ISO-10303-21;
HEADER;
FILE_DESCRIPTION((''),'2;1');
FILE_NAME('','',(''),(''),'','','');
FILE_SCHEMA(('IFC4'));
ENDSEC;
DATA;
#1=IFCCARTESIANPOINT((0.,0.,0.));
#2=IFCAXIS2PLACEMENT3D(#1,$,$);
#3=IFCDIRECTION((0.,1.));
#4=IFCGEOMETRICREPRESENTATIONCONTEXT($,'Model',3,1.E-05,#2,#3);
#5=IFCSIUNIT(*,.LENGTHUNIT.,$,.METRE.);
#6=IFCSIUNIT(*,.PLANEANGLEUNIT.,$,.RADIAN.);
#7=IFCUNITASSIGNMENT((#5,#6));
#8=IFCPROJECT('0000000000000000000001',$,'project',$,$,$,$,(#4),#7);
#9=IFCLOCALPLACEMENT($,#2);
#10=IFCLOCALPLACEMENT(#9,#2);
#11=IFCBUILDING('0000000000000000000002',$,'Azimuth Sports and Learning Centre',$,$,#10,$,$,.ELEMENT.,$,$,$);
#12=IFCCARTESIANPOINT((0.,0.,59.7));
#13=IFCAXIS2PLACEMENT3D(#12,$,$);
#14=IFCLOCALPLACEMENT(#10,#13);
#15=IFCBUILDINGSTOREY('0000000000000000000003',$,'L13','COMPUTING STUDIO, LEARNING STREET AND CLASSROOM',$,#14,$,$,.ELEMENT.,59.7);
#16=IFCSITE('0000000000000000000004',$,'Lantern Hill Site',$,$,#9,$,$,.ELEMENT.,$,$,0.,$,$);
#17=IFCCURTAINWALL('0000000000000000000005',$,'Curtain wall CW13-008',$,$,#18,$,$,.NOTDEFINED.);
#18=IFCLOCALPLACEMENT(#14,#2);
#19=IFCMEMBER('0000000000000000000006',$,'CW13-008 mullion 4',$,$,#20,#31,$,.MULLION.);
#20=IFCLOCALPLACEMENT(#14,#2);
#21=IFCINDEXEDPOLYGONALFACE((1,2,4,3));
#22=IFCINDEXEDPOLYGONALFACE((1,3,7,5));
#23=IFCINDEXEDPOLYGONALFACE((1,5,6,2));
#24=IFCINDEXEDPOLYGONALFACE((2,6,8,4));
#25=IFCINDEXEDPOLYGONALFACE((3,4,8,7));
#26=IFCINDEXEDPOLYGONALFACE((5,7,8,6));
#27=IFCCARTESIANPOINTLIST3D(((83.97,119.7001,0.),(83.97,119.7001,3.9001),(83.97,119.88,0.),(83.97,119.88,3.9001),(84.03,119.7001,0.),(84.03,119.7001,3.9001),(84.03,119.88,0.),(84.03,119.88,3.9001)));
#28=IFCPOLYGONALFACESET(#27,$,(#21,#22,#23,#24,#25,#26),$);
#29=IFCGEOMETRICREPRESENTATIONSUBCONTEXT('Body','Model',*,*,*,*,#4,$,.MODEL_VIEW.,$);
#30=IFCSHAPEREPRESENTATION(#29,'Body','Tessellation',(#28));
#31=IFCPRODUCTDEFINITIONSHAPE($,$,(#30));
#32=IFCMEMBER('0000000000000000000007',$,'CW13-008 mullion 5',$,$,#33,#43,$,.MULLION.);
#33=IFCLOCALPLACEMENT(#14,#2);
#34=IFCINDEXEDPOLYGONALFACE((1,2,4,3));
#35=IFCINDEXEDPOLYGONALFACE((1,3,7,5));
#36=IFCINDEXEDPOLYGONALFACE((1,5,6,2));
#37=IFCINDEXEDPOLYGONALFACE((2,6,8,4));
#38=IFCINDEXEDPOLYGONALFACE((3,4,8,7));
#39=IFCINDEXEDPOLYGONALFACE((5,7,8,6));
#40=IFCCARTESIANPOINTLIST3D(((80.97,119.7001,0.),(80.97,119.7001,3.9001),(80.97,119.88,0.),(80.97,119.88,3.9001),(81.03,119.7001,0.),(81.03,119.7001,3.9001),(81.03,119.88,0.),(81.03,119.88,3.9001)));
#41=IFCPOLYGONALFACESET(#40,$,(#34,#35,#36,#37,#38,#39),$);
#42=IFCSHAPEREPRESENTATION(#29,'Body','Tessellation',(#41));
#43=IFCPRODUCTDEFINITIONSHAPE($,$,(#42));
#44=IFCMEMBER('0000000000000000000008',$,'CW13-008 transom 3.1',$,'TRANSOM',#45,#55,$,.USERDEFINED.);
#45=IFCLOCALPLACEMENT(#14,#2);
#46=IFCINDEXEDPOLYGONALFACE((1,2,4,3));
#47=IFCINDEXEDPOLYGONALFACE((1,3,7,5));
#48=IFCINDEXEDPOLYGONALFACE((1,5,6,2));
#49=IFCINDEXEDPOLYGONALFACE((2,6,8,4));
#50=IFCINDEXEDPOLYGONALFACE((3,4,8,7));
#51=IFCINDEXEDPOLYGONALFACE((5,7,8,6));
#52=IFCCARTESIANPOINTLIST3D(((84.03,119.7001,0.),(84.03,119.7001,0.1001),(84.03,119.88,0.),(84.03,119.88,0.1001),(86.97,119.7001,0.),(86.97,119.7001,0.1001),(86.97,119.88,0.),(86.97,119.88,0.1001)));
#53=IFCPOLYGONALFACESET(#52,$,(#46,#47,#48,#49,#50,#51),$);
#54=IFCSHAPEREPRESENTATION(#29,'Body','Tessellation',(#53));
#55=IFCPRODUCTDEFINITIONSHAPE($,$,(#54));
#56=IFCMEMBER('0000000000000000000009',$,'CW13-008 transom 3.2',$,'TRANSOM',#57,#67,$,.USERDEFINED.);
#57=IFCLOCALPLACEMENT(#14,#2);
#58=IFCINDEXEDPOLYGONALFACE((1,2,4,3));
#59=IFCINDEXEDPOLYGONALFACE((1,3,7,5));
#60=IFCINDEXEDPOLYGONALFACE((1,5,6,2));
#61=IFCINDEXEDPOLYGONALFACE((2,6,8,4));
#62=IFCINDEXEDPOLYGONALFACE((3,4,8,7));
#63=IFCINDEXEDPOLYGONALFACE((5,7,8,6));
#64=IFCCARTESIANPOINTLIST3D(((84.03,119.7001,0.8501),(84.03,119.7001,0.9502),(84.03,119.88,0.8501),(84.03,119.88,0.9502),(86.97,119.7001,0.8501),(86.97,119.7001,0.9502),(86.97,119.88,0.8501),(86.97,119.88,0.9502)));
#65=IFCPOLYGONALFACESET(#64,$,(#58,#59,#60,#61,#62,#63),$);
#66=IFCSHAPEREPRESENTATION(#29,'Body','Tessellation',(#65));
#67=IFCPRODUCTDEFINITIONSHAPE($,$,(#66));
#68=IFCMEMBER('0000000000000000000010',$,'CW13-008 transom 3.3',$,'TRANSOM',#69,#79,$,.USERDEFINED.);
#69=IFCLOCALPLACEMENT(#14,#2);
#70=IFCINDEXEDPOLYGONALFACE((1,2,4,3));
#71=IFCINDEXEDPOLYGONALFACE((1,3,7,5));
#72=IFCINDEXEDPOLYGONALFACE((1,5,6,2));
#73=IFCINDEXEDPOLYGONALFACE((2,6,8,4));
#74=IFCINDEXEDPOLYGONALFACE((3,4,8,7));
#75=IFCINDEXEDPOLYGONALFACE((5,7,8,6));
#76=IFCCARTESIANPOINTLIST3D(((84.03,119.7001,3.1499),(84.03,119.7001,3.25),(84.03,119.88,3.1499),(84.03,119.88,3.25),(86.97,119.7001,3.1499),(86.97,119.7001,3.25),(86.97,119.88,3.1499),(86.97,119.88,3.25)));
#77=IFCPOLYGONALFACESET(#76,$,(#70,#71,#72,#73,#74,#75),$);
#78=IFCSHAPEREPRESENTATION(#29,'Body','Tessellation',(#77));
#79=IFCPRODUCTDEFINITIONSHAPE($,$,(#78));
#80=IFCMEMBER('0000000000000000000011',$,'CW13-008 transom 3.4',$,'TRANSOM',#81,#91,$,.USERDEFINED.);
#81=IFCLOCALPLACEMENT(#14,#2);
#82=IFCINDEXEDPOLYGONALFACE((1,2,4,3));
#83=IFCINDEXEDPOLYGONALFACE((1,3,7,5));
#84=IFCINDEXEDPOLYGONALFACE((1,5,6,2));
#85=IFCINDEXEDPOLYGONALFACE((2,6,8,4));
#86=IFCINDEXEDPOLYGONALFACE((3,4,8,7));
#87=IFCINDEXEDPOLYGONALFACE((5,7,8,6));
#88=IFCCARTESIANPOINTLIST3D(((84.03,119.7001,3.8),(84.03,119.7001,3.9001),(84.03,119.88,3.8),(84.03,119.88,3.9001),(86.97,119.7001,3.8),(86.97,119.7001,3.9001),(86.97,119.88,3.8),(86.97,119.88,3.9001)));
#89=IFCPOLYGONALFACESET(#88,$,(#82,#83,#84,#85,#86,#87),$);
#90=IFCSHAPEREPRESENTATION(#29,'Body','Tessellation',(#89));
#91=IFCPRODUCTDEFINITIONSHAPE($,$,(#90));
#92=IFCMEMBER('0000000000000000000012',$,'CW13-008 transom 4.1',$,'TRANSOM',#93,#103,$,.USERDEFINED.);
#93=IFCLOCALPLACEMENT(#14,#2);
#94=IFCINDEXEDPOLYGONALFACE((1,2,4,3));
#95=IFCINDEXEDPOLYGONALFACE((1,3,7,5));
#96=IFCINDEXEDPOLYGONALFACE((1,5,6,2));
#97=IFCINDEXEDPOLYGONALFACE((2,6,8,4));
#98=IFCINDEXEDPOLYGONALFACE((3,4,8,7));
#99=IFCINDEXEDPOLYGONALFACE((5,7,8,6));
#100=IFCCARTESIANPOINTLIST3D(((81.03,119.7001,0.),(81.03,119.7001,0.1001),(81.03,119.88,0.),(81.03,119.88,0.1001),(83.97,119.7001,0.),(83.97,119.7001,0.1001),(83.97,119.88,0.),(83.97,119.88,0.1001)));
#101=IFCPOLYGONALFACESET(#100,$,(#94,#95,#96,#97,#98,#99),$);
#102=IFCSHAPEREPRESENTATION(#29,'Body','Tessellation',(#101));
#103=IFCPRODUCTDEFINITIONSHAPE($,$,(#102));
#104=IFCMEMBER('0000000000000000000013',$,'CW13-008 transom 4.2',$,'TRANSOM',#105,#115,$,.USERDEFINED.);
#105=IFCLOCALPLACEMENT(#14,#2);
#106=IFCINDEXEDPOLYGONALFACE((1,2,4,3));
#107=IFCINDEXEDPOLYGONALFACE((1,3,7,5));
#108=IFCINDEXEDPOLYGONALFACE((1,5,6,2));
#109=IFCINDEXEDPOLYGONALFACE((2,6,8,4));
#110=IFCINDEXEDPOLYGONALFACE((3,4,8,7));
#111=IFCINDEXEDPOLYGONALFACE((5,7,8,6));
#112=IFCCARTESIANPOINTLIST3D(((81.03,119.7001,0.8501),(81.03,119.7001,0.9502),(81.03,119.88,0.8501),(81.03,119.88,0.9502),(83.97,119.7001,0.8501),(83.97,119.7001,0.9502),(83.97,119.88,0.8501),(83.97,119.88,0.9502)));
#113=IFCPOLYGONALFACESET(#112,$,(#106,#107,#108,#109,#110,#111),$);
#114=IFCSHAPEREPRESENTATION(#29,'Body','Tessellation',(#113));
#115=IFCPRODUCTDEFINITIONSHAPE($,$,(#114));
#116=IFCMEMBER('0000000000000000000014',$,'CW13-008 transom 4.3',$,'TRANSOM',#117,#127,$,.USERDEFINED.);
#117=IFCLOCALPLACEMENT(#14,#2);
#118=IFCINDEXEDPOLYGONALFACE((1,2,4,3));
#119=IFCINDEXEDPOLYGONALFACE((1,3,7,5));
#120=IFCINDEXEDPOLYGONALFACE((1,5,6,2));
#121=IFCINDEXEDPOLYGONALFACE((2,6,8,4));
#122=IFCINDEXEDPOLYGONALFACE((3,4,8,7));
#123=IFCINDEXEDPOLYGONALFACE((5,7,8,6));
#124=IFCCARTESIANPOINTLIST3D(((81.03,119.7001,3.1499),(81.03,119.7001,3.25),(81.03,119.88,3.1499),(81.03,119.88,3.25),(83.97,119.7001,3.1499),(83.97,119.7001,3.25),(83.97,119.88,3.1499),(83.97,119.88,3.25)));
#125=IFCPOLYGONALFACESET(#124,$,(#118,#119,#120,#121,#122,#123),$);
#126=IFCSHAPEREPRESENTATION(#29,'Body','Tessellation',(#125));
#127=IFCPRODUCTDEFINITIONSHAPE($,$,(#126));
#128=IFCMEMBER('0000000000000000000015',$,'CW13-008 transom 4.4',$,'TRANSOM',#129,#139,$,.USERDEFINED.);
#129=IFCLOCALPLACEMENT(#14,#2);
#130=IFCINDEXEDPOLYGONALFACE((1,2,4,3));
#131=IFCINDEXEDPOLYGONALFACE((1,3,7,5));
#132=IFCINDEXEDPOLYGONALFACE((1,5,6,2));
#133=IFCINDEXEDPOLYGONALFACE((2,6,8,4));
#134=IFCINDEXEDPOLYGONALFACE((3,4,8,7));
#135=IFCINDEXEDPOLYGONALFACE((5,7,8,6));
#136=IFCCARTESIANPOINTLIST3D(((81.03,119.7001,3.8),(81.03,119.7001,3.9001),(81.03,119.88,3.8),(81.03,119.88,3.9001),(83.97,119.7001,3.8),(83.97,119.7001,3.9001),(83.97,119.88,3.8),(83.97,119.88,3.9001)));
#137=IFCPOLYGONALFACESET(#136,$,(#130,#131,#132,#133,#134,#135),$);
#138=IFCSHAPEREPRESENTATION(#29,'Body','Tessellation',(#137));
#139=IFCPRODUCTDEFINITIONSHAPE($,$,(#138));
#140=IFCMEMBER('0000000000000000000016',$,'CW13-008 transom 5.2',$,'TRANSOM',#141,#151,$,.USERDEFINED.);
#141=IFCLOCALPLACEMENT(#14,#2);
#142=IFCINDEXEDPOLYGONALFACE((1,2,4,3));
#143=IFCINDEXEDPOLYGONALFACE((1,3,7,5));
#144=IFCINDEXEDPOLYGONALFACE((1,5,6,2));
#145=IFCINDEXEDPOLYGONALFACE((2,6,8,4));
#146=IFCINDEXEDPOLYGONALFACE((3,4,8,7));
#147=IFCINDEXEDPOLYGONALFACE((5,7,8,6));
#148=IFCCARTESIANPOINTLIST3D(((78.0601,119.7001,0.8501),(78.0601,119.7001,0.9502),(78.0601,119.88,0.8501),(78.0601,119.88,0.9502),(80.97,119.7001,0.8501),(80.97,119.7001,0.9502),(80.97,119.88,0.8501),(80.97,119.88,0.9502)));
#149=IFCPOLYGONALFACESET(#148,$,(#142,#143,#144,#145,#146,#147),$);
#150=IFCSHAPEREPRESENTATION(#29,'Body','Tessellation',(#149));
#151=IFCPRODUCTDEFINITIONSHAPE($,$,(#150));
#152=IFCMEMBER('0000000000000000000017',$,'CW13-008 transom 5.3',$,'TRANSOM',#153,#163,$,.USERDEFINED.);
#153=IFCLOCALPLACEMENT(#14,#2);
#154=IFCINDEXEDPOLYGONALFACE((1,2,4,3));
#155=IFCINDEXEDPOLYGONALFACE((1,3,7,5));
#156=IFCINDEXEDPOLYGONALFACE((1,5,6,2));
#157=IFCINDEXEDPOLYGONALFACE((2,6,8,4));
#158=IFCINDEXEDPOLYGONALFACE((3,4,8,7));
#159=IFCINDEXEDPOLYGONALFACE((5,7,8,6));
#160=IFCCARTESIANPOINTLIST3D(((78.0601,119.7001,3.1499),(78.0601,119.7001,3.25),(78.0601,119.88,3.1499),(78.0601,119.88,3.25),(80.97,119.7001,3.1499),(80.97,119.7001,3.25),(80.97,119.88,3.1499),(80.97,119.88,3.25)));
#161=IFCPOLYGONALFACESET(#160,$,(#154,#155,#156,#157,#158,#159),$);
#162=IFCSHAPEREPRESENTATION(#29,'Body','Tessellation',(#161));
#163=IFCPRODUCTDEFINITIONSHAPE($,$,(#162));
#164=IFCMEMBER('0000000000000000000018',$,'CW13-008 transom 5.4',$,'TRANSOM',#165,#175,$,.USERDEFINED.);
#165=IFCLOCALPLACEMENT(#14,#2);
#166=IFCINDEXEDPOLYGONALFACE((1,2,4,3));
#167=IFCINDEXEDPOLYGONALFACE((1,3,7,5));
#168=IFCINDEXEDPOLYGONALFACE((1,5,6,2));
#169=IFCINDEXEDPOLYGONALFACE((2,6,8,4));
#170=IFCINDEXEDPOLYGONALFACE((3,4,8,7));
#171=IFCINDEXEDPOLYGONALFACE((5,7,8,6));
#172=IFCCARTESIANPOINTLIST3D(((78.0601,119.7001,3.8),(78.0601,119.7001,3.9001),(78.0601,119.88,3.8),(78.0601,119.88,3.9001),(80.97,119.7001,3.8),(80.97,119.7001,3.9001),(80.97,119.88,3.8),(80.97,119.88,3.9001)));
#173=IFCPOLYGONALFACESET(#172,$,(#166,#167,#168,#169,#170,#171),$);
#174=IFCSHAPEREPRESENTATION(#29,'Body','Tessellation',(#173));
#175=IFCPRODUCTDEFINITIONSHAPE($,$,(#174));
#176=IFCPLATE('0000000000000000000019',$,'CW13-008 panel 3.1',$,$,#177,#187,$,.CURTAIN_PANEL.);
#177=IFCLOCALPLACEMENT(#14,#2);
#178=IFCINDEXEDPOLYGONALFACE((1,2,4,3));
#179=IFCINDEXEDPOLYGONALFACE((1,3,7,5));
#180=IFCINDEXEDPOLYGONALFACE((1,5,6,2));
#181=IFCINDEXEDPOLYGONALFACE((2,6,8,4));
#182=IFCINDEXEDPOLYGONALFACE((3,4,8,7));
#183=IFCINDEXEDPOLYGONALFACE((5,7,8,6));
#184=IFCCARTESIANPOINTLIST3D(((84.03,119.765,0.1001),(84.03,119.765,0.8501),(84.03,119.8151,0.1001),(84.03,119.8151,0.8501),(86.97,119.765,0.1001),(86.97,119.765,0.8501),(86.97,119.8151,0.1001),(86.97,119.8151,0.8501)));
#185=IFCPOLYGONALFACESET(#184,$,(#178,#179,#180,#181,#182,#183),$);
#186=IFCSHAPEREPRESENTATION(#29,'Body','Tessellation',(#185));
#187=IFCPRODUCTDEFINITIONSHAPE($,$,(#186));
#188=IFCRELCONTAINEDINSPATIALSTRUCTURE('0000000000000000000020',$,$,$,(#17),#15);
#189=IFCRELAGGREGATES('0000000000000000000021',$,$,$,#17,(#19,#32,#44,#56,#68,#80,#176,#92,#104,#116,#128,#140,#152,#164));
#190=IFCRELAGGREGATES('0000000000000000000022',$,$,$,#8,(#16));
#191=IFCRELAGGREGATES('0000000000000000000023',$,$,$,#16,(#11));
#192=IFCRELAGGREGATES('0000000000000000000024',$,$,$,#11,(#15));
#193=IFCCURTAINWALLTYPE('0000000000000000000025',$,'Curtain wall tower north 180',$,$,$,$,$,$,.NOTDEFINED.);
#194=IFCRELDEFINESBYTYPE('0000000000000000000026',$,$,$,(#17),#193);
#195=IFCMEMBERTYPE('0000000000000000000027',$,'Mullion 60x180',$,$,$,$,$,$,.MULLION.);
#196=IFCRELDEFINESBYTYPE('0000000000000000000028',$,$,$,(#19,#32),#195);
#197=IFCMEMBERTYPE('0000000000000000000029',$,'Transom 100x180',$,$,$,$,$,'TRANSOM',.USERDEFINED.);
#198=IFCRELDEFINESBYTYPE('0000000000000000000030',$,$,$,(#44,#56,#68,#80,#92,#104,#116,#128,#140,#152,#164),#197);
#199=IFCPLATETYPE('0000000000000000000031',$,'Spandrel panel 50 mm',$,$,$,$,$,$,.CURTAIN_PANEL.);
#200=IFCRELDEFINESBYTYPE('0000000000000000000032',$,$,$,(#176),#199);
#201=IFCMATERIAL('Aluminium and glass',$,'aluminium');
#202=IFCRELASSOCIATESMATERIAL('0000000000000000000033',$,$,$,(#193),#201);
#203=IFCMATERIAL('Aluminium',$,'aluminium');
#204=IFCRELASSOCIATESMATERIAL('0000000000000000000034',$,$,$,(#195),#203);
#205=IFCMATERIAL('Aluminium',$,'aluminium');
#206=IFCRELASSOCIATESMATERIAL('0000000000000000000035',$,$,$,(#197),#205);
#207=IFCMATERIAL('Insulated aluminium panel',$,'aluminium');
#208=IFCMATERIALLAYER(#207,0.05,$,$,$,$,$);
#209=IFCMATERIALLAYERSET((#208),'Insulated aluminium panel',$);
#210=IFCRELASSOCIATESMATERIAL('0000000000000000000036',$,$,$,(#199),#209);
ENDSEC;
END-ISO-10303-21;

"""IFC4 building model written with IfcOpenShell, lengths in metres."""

from ifc_helpers import new_model, si_unit, direction, frame, origin, origin_2d, place, context, subcontext, project, spatial, rectangle, extrude, material, layer, layer_set, material_profile, profile_set, type_object, element, aggregate, save


model = new_model("IFC4")

# Units and contexts
model_context = context("Model", 3, precision=1e-05, world=origin(), true_north=direction((0.0, 1.0)))
body_context = subcontext(model_context, "Body", "Model", "MODEL_VIEW")
ifc_project = project(units=[si_unit("LENGTHUNIT", "METRE"), si_unit("PLANEANGLEUNIT", "RADIAN")], contexts=[model_context])

# Site, building, storey
site_placement = place(None, origin())
site = spatial("IfcSite", under=ifc_project, at=site_placement, Name="Lantern Hill Site", CompositionType="ELEMENT", RefElevation=0.0)
building_placement = place(site_placement, origin())
building = spatial("IfcBuilding", under=site, at=building_placement, Name="Azimuth Sports and Learning Centre", CompositionType="ELEMENT")
storey_placement = place(building_placement, frame((0.0, 0.0, 59.7)))
storey = spatial("IfcBuildingStorey", under=building, at=storey_placement, Name="L13", Description="COMPUTING STUDIO, LEARNING STREET AND CLASSROOM", CompositionType="ELEMENT", Elevation=59.7)

# Curtain wall, members, plate
ifc_material_1 = material(Name="Aluminium and glass", Category="aluminium")
curtain_wall_type = type_object("IfcCurtainWallType", Name="Curtain wall tower north 180", PredefinedType="NOTDEFINED", material=ifc_material_1)
curtain_wall_placement = place(storey_placement, origin())
curtain_wall = element("IfcCurtainWall", 1, at=curtain_wall_placement, inside=storey, type_object=curtain_wall_type, Name="Curtain wall CW13-008", PredefinedType="NOTDEFINED")
ifc_material_2 = material(Name="Aluminium", Category="aluminium")
ifc_material_profile_1 = material_profile(ifc_material_2, rectangle(XDim=0.1799, YDim=0.0601, at=origin_2d()), Name="Mullion 60x180")
ifc_profile_set_1 = profile_set([ifc_material_profile_1], Name="Aluminium")
member_type_1 = type_object("IfcMemberType", Name="Mullion 60x180", PredefinedType="MULLION", material=ifc_profile_set_1)
member_1_placement = place(storey_placement, frame((84.0, 119.79, 0.0), z_axis=(0.0, 0.0, 1.0), x_axis=(0.0, -1.0, 0.0)))
member_1 = element("IfcMember", 2, at=member_1_placement, type_object=member_type_1, Name="CW13-008 mullion 4", PredefinedType="MULLION", context=body_context, shape_type="SweptSolid", body=[
    extrude(rectangle(XDim=0.1799, YDim=0.0601, at=origin_2d()), origin(), (0.0, 0.0, 1.0), 3.9001),
])
member_2_placement = place(storey_placement, frame((81.0, 119.79, 0.0), z_axis=(0.0, 0.0, 1.0), x_axis=(0.0, -1.0, 0.0)))
member_2 = element("IfcMember", 3, at=member_2_placement, type_object=member_type_1, Name="CW13-008 mullion 5", PredefinedType="MULLION", context=body_context, shape_type="SweptSolid", body=[
    extrude(rectangle(XDim=0.1799, YDim=0.0601, at=origin_2d()), origin(), (0.0, 0.0, 1.0), 3.9001),
])
ifc_material_3 = material(Name="Aluminium", Category="aluminium")
ifc_material_profile_2 = material_profile(ifc_material_3, rectangle(XDim=0.1799, YDim=0.1001, at=origin_2d()), Name="Transom 100x180")
ifc_profile_set_2 = profile_set([ifc_material_profile_2], Name="Aluminium")
member_type_2 = type_object("IfcMemberType", Name="Transom 100x180", ElementType="TRANSOM", PredefinedType="USERDEFINED", material=ifc_profile_set_2)
member_3_placement = place(storey_placement, frame((86.97, 119.79, 0.05), z_axis=(-1.0, 0.0, 0.0), x_axis=(0.0, -1.0, 0.0)))
member_3 = element("IfcMember", 4, at=member_3_placement, type_object=member_type_2, Name="CW13-008 transom 3.1", ObjectType="TRANSOM", PredefinedType="USERDEFINED", context=body_context, shape_type="SweptSolid", body=[
    extrude(rectangle(XDim=0.1799, YDim=0.1001, at=origin_2d()), origin(), (0.0, 0.0, 1.0), 2.9399),
])
member_4_placement = place(storey_placement, frame((86.97, 119.79, 0.9001), z_axis=(-1.0, 0.0, 0.0), x_axis=(0.0, -1.0, 0.0)))
member_4 = element("IfcMember", 5, at=member_4_placement, type_object=member_type_2, Name="CW13-008 transom 3.2", ObjectType="TRANSOM", PredefinedType="USERDEFINED", context=body_context, shape_type="SweptSolid", body=[
    extrude(rectangle(XDim=0.1799, YDim=0.1001, at=origin_2d()), origin(), (0.0, 0.0, 1.0), 2.9399),
])
member_5_placement = place(storey_placement, frame((86.97, 119.79, 3.2), z_axis=(-1.0, 0.0, 0.0), x_axis=(0.0, -1.0, 0.0)))
member_5 = element("IfcMember", 6, at=member_5_placement, type_object=member_type_2, Name="CW13-008 transom 3.3", ObjectType="TRANSOM", PredefinedType="USERDEFINED", context=body_context, shape_type="SweptSolid", body=[
    extrude(rectangle(XDim=0.1799, YDim=0.1001, at=origin_2d()), origin(), (0.0, 0.0, 1.0), 2.9399),
])
member_6_placement = place(storey_placement, frame((86.97, 119.79, 3.8501), z_axis=(-1.0, 0.0, 0.0), x_axis=(0.0, -1.0, 0.0)))
member_6 = element("IfcMember", 7, at=member_6_placement, type_object=member_type_2, Name="CW13-008 transom 3.4", ObjectType="TRANSOM", PredefinedType="USERDEFINED", context=body_context, shape_type="SweptSolid", body=[
    extrude(rectangle(XDim=0.1799, YDim=0.1001, at=origin_2d()), origin(), (0.0, 0.0, 1.0), 2.9399),
])
member_7_placement = place(storey_placement, frame((83.97, 119.79, 0.05), z_axis=(-1.0, 0.0, 0.0), x_axis=(0.0, -1.0, 0.0)))
member_7 = element("IfcMember", 8, at=member_7_placement, type_object=member_type_2, Name="CW13-008 transom 4.1", ObjectType="TRANSOM", PredefinedType="USERDEFINED", context=body_context, shape_type="SweptSolid", body=[
    extrude(rectangle(XDim=0.1799, YDim=0.1001, at=origin_2d()), origin(), (0.0, 0.0, 1.0), 2.9399),
])
member_8_placement = place(storey_placement, frame((83.97, 119.79, 0.9001), z_axis=(-1.0, 0.0, 0.0), x_axis=(0.0, -1.0, 0.0)))
member_8 = element("IfcMember", 9, at=member_8_placement, type_object=member_type_2, Name="CW13-008 transom 4.2", ObjectType="TRANSOM", PredefinedType="USERDEFINED", context=body_context, shape_type="SweptSolid", body=[
    extrude(rectangle(XDim=0.1799, YDim=0.1001, at=origin_2d()), origin(), (0.0, 0.0, 1.0), 2.9399),
])
member_9_placement = place(storey_placement, frame((83.97, 119.79, 3.2), z_axis=(-1.0, 0.0, 0.0), x_axis=(0.0, -1.0, 0.0)))
member_9 = element("IfcMember", 10, at=member_9_placement, type_object=member_type_2, Name="CW13-008 transom 4.3", ObjectType="TRANSOM", PredefinedType="USERDEFINED", context=body_context, shape_type="SweptSolid", body=[
    extrude(rectangle(XDim=0.1799, YDim=0.1001, at=origin_2d()), origin(), (0.0, 0.0, 1.0), 2.9399),
])
member_10_placement = place(storey_placement, frame((83.97, 119.79, 3.8501), z_axis=(-1.0, 0.0, 0.0), x_axis=(0.0, -1.0, 0.0)))
member_10 = element("IfcMember", 11, at=member_10_placement, type_object=member_type_2, Name="CW13-008 transom 4.4", ObjectType="TRANSOM", PredefinedType="USERDEFINED", context=body_context, shape_type="SweptSolid", body=[
    extrude(rectangle(XDim=0.1799, YDim=0.1001, at=origin_2d()), origin(), (0.0, 0.0, 1.0), 2.9399),
])
member_11_placement = place(storey_placement, frame((80.97, 119.79, 0.9001), z_axis=(-1.0, 0.0, 0.0), x_axis=(0.0, -1.0, 0.0)))
member_11 = element("IfcMember", 12, at=member_11_placement, type_object=member_type_2, Name="CW13-008 transom 5.2", ObjectType="TRANSOM", PredefinedType="USERDEFINED", context=body_context, shape_type="SweptSolid", body=[
    extrude(rectangle(XDim=0.1799, YDim=0.1001, at=origin_2d()), origin(), (0.0, 0.0, 1.0), 2.9099),
])
member_12_placement = place(storey_placement, frame((80.97, 119.79, 3.2), z_axis=(-1.0, 0.0, 0.0), x_axis=(0.0, -1.0, 0.0)))
member_12 = element("IfcMember", 13, at=member_12_placement, type_object=member_type_2, Name="CW13-008 transom 5.3", ObjectType="TRANSOM", PredefinedType="USERDEFINED", context=body_context, shape_type="SweptSolid", body=[
    extrude(rectangle(XDim=0.1799, YDim=0.1001, at=origin_2d()), origin(), (0.0, 0.0, 1.0), 2.9099),
])
member_13_placement = place(storey_placement, frame((80.97, 119.79, 3.8501), z_axis=(-1.0, 0.0, 0.0), x_axis=(0.0, -1.0, 0.0)))
member_13 = element("IfcMember", 14, at=member_13_placement, type_object=member_type_2, Name="CW13-008 transom 5.4", ObjectType="TRANSOM", PredefinedType="USERDEFINED", context=body_context, shape_type="SweptSolid", body=[
    extrude(rectangle(XDim=0.1799, YDim=0.1001, at=origin_2d()), origin(), (0.0, 0.0, 1.0), 2.9099),
])
ifc_material_4 = material(Name="Insulated aluminium panel", Category="aluminium")
ifc_layer_1 = layer(ifc_material_4, 0.05)
ifc_layer_set_1 = layer_set([ifc_layer_1], Name="Insulated aluminium panel")
plate_type_1 = type_object("IfcPlateType", Name="Spandrel panel 50 mm", PredefinedType="CURTAIN_PANEL", material=ifc_layer_set_1)
plate_1_placement = place(storey_placement, frame((85.5, 119.79, 0.1001), z_axis=(0.0, 0.0, 1.0), x_axis=(-1.0, 0.0, 0.0)))
plate_1 = element("IfcPlate", 15, at=plate_1_placement, type_object=plate_type_1, Name="CW13-008 panel 3.1", PredefinedType="CURTAIN_PANEL", context=body_context, shape_type="SweptSolid", body=[
    extrude(rectangle(XDim=2.9399, YDim=0.05, at=origin_2d()), origin(), (0.0, 0.0, 1.0), 0.75),
])
aggregate(curtain_wall, [member_1, member_2, member_3, member_4, member_5, member_6, plate_1, member_7, member_8, member_9, member_10, member_11, member_12, member_13])

save(model, "model.ifc")
